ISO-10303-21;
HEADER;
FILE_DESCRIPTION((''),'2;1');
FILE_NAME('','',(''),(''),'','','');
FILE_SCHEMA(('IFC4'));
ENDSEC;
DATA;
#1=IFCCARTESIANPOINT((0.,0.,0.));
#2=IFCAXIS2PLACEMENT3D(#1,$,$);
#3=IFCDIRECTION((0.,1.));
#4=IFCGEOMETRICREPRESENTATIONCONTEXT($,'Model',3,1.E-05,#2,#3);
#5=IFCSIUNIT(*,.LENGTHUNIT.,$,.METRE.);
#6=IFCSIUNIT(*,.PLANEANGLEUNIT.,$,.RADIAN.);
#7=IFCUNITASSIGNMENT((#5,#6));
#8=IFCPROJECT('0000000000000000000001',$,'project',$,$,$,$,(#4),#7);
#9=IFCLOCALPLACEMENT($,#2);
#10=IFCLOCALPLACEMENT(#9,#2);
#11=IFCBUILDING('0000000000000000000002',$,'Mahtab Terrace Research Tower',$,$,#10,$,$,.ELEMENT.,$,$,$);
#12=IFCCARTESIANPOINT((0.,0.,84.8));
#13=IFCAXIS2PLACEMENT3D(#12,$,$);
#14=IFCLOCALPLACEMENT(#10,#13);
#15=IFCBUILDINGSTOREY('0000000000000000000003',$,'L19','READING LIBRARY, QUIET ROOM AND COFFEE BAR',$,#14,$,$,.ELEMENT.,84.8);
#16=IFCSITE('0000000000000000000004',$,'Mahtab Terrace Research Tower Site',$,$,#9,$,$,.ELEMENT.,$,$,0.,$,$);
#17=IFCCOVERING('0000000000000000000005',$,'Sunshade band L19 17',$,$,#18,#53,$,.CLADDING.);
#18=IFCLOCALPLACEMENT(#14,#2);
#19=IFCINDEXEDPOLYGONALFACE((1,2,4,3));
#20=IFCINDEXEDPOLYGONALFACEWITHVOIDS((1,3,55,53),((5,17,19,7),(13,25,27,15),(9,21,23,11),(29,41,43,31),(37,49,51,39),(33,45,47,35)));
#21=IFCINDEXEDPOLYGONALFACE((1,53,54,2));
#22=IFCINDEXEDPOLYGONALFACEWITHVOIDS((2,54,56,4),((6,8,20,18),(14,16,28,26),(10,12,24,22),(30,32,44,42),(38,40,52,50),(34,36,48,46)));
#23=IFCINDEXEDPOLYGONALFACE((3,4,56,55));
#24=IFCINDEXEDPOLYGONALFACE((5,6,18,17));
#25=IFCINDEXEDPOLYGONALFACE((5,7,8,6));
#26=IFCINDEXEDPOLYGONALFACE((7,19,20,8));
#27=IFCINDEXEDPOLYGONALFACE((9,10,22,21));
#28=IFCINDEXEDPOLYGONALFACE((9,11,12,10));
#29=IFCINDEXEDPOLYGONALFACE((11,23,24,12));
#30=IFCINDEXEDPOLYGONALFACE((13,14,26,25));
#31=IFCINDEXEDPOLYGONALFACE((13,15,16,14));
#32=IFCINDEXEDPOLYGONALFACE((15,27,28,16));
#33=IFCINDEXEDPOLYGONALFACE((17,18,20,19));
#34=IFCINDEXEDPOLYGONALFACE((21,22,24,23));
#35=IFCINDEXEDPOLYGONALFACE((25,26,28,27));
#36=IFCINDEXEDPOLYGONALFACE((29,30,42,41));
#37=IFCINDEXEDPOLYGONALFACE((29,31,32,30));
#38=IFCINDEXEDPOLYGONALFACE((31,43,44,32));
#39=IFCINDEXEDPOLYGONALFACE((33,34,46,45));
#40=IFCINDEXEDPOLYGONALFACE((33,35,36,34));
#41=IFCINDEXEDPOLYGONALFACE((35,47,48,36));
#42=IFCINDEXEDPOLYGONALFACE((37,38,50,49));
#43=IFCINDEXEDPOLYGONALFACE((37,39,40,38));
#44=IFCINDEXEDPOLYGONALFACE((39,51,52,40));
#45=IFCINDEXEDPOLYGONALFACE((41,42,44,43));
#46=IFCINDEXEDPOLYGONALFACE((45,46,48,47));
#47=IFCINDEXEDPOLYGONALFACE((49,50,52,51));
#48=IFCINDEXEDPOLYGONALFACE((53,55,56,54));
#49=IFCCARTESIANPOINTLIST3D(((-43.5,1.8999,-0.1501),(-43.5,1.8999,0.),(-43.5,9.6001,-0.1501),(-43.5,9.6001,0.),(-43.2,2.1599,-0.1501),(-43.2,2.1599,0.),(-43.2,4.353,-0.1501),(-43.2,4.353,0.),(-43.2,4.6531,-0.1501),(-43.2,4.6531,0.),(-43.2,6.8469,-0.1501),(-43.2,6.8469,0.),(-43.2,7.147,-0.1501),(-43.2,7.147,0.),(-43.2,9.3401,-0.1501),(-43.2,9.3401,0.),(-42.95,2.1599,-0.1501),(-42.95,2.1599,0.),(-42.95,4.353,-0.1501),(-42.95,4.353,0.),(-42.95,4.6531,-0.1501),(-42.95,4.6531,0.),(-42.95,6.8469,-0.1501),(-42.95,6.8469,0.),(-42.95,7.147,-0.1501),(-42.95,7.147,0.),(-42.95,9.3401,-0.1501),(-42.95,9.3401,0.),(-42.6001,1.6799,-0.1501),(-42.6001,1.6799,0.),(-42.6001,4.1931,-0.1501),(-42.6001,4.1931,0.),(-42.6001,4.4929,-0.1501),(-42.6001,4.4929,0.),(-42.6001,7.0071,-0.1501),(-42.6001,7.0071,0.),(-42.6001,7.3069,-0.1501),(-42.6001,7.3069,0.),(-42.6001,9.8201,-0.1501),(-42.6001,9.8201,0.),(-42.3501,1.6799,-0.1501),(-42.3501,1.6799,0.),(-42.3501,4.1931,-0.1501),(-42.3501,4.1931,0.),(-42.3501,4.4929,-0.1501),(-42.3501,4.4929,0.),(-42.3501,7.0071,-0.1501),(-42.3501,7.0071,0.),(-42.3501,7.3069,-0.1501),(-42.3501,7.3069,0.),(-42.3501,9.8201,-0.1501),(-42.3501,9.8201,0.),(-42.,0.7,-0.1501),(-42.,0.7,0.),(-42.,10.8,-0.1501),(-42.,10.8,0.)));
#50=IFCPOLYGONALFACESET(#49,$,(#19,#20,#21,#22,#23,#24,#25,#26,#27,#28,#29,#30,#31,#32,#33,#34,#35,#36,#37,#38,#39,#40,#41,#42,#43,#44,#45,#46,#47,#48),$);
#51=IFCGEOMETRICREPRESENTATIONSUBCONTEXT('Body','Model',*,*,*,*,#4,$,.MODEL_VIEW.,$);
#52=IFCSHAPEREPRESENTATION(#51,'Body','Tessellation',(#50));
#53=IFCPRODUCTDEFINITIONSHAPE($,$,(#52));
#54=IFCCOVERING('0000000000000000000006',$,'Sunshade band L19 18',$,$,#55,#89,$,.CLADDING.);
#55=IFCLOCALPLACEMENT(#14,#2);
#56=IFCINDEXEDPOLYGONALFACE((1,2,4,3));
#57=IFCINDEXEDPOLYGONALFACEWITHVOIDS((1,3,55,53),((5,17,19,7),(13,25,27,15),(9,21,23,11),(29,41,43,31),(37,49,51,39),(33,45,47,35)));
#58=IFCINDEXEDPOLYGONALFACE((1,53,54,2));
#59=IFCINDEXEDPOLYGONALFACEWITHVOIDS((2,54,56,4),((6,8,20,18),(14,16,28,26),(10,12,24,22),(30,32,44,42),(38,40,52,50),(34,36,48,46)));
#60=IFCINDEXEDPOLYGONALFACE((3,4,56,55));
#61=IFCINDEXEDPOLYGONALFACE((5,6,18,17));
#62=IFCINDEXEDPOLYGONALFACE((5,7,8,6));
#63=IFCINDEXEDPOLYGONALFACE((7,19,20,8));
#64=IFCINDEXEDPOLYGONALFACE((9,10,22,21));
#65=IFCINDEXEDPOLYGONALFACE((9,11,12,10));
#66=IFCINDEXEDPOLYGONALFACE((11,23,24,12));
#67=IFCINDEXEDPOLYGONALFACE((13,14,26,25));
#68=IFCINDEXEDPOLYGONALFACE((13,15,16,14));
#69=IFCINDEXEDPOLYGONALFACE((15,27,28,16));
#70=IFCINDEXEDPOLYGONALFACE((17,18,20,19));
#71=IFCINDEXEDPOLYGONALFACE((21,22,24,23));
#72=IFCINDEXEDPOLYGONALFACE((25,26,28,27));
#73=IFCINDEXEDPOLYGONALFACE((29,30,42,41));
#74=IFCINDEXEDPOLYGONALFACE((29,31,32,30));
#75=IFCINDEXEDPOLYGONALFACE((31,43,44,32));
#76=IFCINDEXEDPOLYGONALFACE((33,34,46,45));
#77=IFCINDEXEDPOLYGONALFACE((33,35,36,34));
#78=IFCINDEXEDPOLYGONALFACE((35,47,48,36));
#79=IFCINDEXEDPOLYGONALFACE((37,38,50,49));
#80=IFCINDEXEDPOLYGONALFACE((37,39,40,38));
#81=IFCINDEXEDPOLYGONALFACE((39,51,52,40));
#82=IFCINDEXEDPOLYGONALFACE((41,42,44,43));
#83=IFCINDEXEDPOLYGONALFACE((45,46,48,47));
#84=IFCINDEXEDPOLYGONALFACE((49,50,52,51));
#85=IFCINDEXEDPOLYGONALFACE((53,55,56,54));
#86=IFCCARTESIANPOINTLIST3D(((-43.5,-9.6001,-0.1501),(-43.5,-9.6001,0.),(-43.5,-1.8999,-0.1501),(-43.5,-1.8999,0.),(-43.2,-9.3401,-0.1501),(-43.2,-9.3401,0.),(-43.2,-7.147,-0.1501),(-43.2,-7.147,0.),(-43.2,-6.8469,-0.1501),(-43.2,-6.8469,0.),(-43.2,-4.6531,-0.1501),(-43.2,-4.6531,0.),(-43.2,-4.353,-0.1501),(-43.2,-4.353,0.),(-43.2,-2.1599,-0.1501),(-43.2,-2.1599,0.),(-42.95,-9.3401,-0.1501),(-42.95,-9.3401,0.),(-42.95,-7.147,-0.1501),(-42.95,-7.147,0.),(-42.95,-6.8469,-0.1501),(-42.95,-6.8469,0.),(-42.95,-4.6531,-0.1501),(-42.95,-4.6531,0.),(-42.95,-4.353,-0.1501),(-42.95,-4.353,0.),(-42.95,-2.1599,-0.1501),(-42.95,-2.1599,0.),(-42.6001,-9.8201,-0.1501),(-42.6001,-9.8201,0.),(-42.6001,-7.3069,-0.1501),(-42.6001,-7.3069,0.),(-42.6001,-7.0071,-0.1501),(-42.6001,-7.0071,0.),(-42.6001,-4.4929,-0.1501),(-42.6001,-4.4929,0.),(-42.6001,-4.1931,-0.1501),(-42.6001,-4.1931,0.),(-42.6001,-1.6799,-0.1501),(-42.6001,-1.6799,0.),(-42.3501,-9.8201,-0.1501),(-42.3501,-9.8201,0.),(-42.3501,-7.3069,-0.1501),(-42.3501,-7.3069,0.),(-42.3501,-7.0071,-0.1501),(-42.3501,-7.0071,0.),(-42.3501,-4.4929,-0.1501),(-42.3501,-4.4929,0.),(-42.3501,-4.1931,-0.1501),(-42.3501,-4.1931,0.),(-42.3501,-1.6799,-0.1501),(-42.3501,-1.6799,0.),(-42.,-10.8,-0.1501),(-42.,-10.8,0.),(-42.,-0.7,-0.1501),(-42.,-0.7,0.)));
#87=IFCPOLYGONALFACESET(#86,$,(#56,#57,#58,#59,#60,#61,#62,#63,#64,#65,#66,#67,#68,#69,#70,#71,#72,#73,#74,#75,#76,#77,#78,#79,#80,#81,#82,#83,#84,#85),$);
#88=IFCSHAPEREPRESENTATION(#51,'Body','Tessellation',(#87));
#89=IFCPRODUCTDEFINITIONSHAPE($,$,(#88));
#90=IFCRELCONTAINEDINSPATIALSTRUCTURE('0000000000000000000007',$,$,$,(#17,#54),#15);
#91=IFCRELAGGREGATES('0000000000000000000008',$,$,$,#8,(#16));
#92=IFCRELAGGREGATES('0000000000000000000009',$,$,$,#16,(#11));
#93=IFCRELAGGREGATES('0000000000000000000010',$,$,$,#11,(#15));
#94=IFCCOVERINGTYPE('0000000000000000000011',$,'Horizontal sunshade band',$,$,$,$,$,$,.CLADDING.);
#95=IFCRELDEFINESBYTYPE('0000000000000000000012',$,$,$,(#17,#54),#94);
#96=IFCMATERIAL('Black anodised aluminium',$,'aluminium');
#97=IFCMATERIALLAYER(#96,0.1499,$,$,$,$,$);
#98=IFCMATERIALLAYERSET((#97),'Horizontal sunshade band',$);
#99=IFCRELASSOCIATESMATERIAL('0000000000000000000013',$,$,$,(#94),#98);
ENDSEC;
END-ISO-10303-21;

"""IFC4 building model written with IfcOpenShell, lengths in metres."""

from ifc_helpers import new_model, si_unit, direction, frame, origin, place, context, subcontext, project, spatial, polyline, outline, extrude, material, layer, layer_set, type_object, element, save


model = new_model("IFC4")

# Units and contexts
model_context = context("Model", 3, precision=1e-05, world=origin(), true_north=direction((0.0, 1.0)))
body_context = subcontext(model_context, "Body", "Model", "MODEL_VIEW")
ifc_project = project(units=[si_unit("LENGTHUNIT", "METRE"), si_unit("PLANEANGLEUNIT", "RADIAN")], contexts=[model_context])

# Site, building, storey
site_placement = place(None, origin())
site = spatial("IfcSite", under=ifc_project, at=site_placement, Name="Mahtab Terrace Research Tower Site", CompositionType="ELEMENT", RefElevation=0.0)
building_placement = place(site_placement, origin())
building = spatial("IfcBuilding", under=site, at=building_placement, Name="Mahtab Terrace Research Tower", CompositionType="ELEMENT")
storey_placement = place(building_placement, frame((0.0, 0.0, 84.8)))
storey = spatial("IfcBuildingStorey", under=building, at=storey_placement, Name="L19", Description="READING LIBRARY, QUIET ROOM AND COFFEE BAR", CompositionType="ELEMENT", Elevation=84.8)

# Coverings
ifc_material_1 = material(Name="Black anodised aluminium", Category="aluminium")
ifc_layer_1 = layer(ifc_material_1, 0.1499)
ifc_layer_set_1 = layer_set([ifc_layer_1], Name="Horizontal sunshade band")
covering_type_1 = type_object("IfcCoveringType", Name="Horizontal sunshade band", PredefinedType="CLADDING", material=ifc_layer_set_1)
covering_1_placement = place(storey_placement, frame((0.0, 0.0, -0.1501)))
element("IfcCovering", 1, at=covering_1_placement, inside=storey, type_object=covering_type_1, Name="Sunshade band L19 17", PredefinedType="CLADDING", context=body_context, shape_type="SweptSolid", body=[
    extrude(outline(polyline([(-42.0, 10.8), (-42.0, 0.7), (-43.5, 1.8999), (-43.5, 9.6001), (-42.0, 10.8)]), holes=[polyline([(-42.3501, 9.8201), (-42.3501, 7.3069), (-42.6001, 7.3069), (-42.6001, 9.8201), (-42.3501, 9.8201)]), polyline([(-42.3501, 7.0071), (-42.3501, 4.4929), (-42.6001, 4.4929), (-42.6001, 7.0071), (-42.3501, 7.0071)]), polyline([(-42.3501, 4.1931), (-42.3501, 1.6799), (-42.6001, 1.6799), (-42.6001, 4.1931), (-42.3501, 4.1931)]), polyline([(-42.95, 9.3401), (-42.95, 7.147), (-43.2, 7.147), (-43.2, 9.3401), (-42.95, 9.3401)]), polyline([(-42.95, 6.8469), (-42.95, 4.6531), (-43.2, 4.6531), (-43.2, 6.8469), (-42.95, 6.8469)]), polyline([(-42.95, 4.353), (-42.95, 2.1599), (-43.2, 2.1599), (-43.2, 4.353), (-42.95, 4.353)])]), origin(), (0.0, 0.0, 1.0), 0.1501),
])
covering_2_placement = place(storey_placement, frame((0.0, 0.0, -0.1501)))
element("IfcCovering", 2, at=covering_2_placement, inside=storey, type_object=covering_type_1, Name="Sunshade band L19 18", PredefinedType="CLADDING", context=body_context, shape_type="SweptSolid", body=[
    extrude(outline(polyline([(-42.0, -0.7), (-42.0, -10.8), (-43.5, -9.6001), (-43.5, -1.8999), (-42.0, -0.7)]), holes=[polyline([(-42.3501, -1.6799), (-42.3501, -4.1931), (-42.6001, -4.1931), (-42.6001, -1.6799), (-42.3501, -1.6799)]), polyline([(-42.3501, -4.4929), (-42.3501, -7.0071), (-42.6001, -7.0071), (-42.6001, -4.4929), (-42.3501, -4.4929)]), polyline([(-42.3501, -7.3069), (-42.3501, -9.8201), (-42.6001, -9.8201), (-42.6001, -7.3069), (-42.3501, -7.3069)]), polyline([(-42.95, -2.1599), (-42.95, -4.353), (-43.2, -4.353), (-43.2, -2.1599), (-42.95, -2.1599)]), polyline([(-42.95, -4.6531), (-42.95, -6.8469), (-43.2, -6.8469), (-43.2, -4.6531), (-42.95, -4.6531)]), polyline([(-42.95, -7.147), (-42.95, -9.3401), (-43.2, -9.3401), (-43.2, -7.147), (-42.95, -7.147)])]), origin(), (0.0, 0.0, 1.0), 0.1501),
])

save(model, "model.ifc")
